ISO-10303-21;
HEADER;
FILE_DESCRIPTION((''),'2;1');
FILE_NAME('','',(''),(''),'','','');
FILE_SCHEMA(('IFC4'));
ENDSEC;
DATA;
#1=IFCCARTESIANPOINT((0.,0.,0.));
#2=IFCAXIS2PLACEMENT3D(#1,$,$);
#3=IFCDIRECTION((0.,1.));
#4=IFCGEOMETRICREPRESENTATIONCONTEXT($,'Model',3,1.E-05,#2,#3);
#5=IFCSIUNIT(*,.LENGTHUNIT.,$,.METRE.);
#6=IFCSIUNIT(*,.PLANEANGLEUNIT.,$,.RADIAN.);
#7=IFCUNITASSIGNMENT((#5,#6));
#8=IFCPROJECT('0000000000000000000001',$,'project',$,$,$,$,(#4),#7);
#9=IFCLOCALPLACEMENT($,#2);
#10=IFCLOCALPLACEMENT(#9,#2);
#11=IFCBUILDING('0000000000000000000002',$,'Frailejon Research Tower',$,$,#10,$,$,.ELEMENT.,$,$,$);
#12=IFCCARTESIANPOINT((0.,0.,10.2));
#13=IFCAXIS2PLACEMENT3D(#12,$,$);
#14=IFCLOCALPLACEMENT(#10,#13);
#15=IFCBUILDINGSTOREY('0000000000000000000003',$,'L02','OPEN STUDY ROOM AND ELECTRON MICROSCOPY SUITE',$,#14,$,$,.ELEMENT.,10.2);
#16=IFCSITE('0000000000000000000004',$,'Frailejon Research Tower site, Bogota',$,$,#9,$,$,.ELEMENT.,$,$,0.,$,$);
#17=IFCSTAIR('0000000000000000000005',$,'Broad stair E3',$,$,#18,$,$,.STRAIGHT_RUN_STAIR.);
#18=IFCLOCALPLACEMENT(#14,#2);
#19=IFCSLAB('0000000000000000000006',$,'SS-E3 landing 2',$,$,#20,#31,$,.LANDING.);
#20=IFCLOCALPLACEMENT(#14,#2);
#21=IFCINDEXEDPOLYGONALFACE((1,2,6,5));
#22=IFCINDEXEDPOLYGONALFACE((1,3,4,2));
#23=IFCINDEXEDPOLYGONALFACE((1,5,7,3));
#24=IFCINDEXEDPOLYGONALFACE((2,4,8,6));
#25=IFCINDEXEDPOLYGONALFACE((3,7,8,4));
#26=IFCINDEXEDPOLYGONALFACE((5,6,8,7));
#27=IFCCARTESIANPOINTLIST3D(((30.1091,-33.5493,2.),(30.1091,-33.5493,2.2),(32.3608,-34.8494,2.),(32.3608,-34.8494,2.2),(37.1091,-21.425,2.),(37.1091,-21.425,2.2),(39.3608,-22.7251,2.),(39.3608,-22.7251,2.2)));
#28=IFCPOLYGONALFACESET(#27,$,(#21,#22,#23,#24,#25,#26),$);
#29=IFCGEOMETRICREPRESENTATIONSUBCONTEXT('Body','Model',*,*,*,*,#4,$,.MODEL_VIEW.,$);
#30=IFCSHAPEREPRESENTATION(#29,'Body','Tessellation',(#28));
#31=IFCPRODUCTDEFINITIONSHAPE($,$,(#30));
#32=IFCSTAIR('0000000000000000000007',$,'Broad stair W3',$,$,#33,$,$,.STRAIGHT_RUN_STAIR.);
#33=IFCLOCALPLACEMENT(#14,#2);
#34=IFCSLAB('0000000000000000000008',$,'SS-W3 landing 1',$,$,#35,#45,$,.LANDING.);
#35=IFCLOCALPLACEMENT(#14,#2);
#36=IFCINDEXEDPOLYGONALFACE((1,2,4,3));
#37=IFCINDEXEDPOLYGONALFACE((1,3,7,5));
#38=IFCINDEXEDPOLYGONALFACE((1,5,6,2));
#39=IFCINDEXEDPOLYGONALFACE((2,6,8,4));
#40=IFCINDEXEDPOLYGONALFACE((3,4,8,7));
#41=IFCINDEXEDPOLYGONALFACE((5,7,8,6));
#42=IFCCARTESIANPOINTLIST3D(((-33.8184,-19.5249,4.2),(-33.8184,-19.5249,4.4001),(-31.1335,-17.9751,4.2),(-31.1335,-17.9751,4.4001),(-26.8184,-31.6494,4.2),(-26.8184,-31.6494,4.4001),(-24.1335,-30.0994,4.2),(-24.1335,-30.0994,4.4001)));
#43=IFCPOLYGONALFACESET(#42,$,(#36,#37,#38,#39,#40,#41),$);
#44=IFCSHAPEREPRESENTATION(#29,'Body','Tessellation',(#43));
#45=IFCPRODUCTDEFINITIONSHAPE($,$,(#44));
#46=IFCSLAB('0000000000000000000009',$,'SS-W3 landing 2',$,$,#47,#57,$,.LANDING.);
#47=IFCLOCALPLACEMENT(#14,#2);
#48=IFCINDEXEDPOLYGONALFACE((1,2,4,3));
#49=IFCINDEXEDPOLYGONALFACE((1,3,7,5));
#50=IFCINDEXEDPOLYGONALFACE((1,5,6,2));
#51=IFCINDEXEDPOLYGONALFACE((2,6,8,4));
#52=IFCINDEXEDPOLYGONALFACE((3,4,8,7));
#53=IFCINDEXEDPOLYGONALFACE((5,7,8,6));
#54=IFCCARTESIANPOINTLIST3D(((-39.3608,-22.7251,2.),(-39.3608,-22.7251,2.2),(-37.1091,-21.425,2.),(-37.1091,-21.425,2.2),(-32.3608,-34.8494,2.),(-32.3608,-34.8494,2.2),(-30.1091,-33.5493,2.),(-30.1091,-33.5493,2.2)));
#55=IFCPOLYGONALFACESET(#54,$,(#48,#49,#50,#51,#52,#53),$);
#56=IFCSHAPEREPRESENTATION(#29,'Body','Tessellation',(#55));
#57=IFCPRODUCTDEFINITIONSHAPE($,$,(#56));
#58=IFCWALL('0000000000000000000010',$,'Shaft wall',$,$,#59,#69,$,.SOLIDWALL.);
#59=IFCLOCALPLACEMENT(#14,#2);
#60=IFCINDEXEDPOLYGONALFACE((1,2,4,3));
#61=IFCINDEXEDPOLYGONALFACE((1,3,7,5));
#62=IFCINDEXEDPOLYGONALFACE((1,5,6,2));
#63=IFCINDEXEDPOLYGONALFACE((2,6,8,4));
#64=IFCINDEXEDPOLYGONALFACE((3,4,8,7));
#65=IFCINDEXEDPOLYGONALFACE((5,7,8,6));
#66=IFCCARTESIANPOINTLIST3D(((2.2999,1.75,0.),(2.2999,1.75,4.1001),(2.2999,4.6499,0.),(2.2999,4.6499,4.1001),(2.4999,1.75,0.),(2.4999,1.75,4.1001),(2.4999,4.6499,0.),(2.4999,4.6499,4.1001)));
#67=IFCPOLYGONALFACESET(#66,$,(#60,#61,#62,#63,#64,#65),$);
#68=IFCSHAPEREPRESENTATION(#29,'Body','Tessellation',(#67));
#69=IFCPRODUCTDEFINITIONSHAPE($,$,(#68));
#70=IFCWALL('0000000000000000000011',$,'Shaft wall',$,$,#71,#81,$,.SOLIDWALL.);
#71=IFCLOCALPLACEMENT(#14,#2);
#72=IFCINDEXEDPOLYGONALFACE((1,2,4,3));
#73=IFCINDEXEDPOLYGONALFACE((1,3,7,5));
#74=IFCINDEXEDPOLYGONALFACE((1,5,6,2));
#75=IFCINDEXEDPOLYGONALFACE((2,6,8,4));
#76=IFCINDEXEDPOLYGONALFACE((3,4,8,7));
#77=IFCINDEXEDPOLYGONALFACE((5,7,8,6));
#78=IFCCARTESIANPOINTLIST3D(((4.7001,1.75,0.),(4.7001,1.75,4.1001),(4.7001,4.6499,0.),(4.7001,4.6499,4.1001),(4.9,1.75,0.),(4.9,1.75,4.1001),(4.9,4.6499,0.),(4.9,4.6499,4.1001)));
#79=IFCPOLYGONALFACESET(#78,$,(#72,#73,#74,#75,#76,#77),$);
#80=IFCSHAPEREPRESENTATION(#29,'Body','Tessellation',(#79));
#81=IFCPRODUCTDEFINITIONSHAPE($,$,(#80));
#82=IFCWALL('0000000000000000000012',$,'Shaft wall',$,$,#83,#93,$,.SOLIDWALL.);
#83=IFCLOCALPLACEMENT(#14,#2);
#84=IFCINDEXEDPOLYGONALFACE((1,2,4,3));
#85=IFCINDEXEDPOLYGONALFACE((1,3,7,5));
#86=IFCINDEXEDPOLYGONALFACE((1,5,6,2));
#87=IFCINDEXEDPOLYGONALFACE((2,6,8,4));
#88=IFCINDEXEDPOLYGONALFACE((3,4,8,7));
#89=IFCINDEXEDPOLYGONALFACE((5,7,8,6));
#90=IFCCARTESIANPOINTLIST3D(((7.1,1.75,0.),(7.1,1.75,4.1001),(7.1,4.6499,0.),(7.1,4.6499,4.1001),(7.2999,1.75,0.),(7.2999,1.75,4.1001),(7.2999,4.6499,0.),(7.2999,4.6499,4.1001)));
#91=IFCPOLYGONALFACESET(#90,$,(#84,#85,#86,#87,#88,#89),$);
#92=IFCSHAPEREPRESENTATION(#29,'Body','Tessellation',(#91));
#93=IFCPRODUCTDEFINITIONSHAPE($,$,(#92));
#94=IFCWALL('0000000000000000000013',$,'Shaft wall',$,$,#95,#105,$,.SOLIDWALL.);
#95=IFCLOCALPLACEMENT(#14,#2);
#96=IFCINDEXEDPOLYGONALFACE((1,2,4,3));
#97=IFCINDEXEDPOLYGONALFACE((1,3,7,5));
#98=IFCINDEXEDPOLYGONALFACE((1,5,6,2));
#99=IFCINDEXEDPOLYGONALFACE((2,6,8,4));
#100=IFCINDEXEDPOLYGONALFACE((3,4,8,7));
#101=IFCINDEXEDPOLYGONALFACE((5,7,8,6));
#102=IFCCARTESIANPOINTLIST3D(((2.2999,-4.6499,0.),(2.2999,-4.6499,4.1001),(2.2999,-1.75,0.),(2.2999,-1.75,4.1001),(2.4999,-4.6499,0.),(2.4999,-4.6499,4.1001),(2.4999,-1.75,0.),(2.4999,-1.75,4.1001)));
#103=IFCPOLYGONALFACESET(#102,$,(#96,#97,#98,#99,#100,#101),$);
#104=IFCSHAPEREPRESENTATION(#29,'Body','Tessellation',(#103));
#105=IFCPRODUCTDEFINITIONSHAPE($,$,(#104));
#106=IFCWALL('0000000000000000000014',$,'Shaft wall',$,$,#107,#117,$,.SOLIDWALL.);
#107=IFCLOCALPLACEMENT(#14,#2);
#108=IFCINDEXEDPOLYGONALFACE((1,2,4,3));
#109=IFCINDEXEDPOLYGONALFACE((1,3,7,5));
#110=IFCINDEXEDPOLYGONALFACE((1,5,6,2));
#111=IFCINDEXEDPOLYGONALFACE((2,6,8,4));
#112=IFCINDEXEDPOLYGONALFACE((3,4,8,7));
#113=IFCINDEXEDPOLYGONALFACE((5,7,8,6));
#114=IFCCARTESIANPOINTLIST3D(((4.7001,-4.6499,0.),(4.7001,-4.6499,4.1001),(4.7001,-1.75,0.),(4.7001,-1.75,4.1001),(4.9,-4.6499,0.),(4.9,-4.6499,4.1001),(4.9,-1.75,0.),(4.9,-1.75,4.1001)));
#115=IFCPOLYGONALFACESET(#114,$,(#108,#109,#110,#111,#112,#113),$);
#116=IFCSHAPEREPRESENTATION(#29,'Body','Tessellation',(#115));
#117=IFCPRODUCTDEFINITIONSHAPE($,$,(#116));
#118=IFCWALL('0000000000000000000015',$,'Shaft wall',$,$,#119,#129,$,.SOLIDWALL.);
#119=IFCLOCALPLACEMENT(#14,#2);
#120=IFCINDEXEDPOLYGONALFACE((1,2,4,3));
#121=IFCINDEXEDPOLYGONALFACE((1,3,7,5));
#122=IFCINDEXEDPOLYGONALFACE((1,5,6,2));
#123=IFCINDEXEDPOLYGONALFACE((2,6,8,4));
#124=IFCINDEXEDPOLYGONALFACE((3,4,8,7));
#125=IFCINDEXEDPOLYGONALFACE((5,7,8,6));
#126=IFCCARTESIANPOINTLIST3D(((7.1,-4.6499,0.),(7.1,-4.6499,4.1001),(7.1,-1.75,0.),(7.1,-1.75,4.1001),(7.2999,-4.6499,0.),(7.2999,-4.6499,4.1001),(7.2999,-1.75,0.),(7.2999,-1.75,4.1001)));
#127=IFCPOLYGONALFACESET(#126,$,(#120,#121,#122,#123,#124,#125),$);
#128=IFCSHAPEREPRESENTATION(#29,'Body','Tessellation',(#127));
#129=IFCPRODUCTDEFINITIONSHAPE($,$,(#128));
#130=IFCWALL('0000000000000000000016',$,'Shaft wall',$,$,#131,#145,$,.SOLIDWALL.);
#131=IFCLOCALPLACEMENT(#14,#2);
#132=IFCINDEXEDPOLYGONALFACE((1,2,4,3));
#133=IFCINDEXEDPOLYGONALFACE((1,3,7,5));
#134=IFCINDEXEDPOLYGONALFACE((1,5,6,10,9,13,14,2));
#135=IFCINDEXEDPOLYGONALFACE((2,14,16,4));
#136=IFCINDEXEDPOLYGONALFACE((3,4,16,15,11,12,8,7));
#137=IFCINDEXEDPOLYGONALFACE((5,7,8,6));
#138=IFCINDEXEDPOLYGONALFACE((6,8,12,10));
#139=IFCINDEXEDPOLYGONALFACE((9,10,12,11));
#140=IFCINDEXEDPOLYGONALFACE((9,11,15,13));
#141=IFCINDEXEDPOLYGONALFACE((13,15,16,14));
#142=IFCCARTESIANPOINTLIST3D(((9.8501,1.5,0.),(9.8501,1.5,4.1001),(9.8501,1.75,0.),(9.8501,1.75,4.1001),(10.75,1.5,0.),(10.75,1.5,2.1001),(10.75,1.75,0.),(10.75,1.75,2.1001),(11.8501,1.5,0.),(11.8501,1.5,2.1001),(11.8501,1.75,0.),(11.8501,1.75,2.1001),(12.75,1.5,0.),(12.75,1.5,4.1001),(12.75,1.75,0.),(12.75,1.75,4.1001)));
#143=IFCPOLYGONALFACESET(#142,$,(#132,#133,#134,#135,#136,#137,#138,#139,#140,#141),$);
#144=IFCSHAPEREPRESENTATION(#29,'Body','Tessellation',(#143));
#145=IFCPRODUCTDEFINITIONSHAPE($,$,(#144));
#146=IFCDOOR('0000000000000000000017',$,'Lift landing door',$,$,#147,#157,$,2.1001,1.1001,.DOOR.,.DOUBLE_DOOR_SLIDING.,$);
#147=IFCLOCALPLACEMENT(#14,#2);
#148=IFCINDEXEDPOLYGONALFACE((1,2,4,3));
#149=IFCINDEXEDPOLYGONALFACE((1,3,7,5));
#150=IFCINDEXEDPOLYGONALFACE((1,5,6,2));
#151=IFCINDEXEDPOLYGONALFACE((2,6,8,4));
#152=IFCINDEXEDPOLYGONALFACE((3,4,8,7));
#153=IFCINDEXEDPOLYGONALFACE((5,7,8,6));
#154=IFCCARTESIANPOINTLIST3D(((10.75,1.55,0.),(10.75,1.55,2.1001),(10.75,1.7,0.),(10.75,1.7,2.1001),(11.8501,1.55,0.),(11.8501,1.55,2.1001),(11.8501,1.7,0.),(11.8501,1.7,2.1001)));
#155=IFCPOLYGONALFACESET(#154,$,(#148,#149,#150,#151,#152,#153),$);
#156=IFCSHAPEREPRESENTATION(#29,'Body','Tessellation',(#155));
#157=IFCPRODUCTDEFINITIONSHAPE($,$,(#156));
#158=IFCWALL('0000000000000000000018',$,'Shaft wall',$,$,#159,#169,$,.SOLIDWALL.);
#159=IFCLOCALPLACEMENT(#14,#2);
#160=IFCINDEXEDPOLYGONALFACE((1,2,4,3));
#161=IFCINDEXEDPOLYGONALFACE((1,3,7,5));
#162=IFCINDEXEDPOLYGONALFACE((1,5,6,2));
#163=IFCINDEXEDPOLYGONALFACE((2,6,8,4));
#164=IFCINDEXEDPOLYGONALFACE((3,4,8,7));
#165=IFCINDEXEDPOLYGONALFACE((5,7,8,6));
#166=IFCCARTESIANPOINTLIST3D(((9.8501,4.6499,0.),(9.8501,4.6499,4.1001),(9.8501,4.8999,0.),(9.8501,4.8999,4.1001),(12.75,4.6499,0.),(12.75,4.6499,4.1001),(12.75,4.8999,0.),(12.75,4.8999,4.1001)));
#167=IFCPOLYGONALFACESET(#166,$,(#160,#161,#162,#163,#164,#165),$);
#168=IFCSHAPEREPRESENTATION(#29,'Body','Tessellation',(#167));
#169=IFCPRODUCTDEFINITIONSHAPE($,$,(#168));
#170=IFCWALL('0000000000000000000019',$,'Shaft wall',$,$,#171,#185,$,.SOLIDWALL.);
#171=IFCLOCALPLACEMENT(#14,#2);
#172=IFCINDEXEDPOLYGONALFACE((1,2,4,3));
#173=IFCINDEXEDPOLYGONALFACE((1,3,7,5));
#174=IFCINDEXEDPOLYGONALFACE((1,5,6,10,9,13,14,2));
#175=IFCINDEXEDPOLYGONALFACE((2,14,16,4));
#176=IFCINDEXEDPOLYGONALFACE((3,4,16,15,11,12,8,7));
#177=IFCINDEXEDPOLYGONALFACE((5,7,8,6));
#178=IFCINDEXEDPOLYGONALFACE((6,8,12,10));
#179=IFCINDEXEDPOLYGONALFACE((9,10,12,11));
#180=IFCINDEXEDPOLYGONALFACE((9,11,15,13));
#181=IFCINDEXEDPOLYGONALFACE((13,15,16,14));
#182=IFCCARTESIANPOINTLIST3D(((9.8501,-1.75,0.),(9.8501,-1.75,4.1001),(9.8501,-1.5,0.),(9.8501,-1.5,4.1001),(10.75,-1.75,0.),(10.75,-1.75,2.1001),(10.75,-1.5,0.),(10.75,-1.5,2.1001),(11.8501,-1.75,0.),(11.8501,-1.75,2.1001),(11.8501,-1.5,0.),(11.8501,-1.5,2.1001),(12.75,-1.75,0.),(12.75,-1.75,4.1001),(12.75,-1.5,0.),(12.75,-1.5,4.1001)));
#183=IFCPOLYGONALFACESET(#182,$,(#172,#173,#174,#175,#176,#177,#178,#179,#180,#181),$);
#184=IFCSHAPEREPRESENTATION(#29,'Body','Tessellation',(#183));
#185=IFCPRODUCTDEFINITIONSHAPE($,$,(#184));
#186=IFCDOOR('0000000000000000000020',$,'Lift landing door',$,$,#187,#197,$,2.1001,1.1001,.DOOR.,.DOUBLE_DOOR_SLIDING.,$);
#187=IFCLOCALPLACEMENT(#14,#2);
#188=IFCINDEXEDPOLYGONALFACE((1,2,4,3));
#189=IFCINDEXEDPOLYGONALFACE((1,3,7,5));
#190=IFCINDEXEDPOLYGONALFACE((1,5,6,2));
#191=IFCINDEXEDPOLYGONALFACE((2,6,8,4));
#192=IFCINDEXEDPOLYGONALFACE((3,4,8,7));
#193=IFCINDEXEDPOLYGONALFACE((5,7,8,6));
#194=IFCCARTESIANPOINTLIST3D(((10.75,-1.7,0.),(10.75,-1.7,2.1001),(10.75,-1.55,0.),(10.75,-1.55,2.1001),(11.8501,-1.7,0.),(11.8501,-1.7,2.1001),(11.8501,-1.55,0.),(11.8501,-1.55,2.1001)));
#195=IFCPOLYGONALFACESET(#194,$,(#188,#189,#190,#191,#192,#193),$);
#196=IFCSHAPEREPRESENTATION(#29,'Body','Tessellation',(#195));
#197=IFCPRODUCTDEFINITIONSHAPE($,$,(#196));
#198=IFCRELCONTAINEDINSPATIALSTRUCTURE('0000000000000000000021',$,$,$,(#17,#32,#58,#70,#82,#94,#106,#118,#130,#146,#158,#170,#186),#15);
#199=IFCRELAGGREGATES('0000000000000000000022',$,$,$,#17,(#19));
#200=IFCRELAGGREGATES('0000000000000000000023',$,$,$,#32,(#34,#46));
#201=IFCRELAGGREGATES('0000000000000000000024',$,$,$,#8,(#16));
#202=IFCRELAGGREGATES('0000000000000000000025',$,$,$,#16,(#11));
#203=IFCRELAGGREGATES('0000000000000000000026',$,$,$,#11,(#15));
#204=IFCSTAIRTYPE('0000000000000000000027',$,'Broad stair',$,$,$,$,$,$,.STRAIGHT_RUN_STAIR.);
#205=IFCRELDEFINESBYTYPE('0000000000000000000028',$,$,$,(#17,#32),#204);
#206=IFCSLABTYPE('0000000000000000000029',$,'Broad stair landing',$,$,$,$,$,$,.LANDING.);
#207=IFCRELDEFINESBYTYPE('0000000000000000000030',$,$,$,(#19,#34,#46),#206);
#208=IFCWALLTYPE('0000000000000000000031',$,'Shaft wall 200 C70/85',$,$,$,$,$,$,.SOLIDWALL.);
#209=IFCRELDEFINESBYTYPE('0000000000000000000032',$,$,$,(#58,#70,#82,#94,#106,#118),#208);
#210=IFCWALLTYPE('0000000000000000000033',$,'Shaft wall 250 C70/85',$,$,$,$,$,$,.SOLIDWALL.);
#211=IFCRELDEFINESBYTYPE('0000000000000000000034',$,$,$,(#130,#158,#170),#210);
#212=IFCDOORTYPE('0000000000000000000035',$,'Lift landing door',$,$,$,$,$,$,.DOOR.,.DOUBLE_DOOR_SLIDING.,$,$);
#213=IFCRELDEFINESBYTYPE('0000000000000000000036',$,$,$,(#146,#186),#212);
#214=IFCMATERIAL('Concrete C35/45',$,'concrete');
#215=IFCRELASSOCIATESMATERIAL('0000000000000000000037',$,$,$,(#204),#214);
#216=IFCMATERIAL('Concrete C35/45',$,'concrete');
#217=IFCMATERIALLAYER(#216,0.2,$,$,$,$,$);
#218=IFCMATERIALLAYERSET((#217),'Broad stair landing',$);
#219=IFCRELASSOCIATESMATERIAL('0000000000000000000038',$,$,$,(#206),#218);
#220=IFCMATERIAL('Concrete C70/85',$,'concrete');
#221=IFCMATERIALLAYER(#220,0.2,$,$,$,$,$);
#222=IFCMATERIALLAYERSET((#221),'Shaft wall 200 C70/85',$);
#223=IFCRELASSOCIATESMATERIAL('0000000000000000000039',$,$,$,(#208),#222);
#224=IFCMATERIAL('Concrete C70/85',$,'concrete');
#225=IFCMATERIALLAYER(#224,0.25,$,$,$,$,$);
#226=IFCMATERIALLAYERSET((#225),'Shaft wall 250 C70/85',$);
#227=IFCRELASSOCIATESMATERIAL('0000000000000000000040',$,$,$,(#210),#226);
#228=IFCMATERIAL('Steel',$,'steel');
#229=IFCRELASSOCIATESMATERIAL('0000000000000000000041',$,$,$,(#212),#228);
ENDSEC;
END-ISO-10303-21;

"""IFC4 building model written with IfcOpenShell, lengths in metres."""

from ifc_helpers import new_model, si_unit, direction, frame, frame_2d, origin, place, context, subcontext, project, spatial, polyline, rectangle, outline, extrude, material, layer, layer_set, type_object, element, fill, aggregate, save


model = new_model("IFC4")

# Units and contexts
model_context = context("Model", 3, precision=1e-05, world=origin(), true_north=direction((0.0, 1.0)))
body_context = subcontext(model_context, "Body", "Model", "MODEL_VIEW")
ifc_project = project(units=[si_unit("LENGTHUNIT", "METRE"), si_unit("PLANEANGLEUNIT", "RADIAN")], contexts=[model_context])

# Site, building, storey
site_placement = place(None, origin())
site = spatial("IfcSite", under=ifc_project, at=site_placement, Name="Frailejon Research Tower site, Bogota", CompositionType="ELEMENT", RefElevation=0.0)
building_placement = place(site_placement, origin())
building = spatial("IfcBuilding", under=site, at=building_placement, Name="Frailejon Research Tower", CompositionType="ELEMENT")
storey_placement = place(building_placement, frame((0.0, 0.0, 10.2)))
storey = spatial("IfcBuildingStorey", under=building, at=storey_placement, Name="L02", Description="OPEN STUDY ROOM AND ELECTRON MICROSCOPY SUITE", CompositionType="ELEMENT", Elevation=10.2)

# Stair, slab
ifc_material_1 = material(Name="Concrete C35/45", Category="concrete")
stair_type = type_object("IfcStairType", Name="Broad stair", PredefinedType="STRAIGHT_RUN_STAIR", material=ifc_material_1)
stair_1_placement = place(storey_placement, origin())
stair_1 = element("IfcStair", 1, at=stair_1_placement, inside=storey, type_object=stair_type, Name="Broad stair E3", PredefinedType="STRAIGHT_RUN_STAIR")
ifc_material_2 = material(Name="Concrete C35/45", Category="concrete")
ifc_layer_1 = layer(ifc_material_2, 0.2)
ifc_layer_set_1 = layer_set([ifc_layer_1], Name="Broad stair landing")
slab_type = type_object("IfcSlabType", Name="Broad stair landing", PredefinedType="LANDING", material=ifc_layer_set_1)
slab_1_placement = place(storey_placement, frame((0.0, 0.0, 2.0)))
slab_1 = element("IfcSlab", 2, at=slab_1_placement, type_object=slab_type, Name="SS-E3 landing 2", PredefinedType="LANDING", context=body_context, shape_type="SweptSolid", body=[
    extrude(outline(polyline([(30.1091, -33.5493), (32.3608, -34.8494), (39.3608, -22.7251), (37.1091, -21.425), (30.1091, -33.5493)])), origin(), (0.0, 0.0, 1.0), 0.2),
])
aggregate(stair_1, [slab_1])

# Stair, slabs
stair_2_placement = place(storey_placement, origin())
stair_2 = element("IfcStair", 3, at=stair_2_placement, inside=storey, type_object=stair_type, Name="Broad stair W3", PredefinedType="STRAIGHT_RUN_STAIR")
slab_2_placement = place(storey_placement, frame((0.0, 0.0, 4.2)))
slab_2 = element("IfcSlab", 4, at=slab_2_placement, type_object=slab_type, Name="SS-W3 landing 1", PredefinedType="LANDING", context=body_context, shape_type="SweptSolid", body=[
    extrude(outline(polyline([(-31.1335, -17.9751), (-33.8184, -19.5249), (-26.8184, -31.6494), (-24.1335, -30.0994), (-31.1335, -17.9751)])), origin(), (0.0, 0.0, 1.0), 0.2002),
])
slab_3_placement = place(storey_placement, frame((0.0, 0.0, 2.0)))
slab_3 = element("IfcSlab", 5, at=slab_3_placement, type_object=slab_type, Name="SS-W3 landing 2", PredefinedType="LANDING", context=body_context, shape_type="SweptSolid", body=[
    extrude(outline(polyline([(-37.1091, -21.425), (-39.3608, -22.7251), (-32.3608, -34.8494), (-30.1091, -33.5493), (-37.1091, -21.425)])), origin(), (0.0, 0.0, 1.0), 0.2),
])
aggregate(stair_2, [slab_2, slab_3])

# Walls
ifc_material_3 = material(Name="Concrete C70/85", Category="concrete")
ifc_layer_2 = layer(ifc_material_3, 0.2)
ifc_layer_set_2 = layer_set([ifc_layer_2], Name="Shaft wall 200 C70/85")
wall_type_1 = type_object("IfcWallType", Name="Shaft wall 200 C70/85", PredefinedType="SOLIDWALL", material=ifc_layer_set_2)
for number, where, z_axis, x_axis, name in (
    (6, (2.3999, 1.75, 0.0), (0.0, 0.0, 1.0), (0.0, 1.0, 0.0), "Shaft wall"),
    (7, (4.8, 1.75, 0.0), (0.0, 0.0, 1.0), (0.0, 1.0, 0.0), "Shaft wall"),
    (8, (7.2, 1.75, 0.0), (0.0, 0.0, 1.0), (0.0, 1.0, 0.0), "Shaft wall"),
    (9, (2.3999, -4.6499, 0.0), (0.0, 0.0, 1.0), (0.0, 1.0, 0.0), "Shaft wall"),
    (10, (4.8, -4.6499, 0.0), (0.0, 0.0, 1.0), (0.0, 1.0, 0.0), "Shaft wall"),
    (11, (7.2, -4.6499, 0.0), (0.0, 0.0, 1.0), (0.0, 1.0, 0.0), "Shaft wall"),
):
    element("IfcWall", number, at=place(storey_placement, frame(where, z_axis=z_axis, x_axis=x_axis)), inside=storey, type_object=wall_type_1, Name=name, PredefinedType="SOLIDWALL", context=body_context, shape_type="SweptSolid", body=[
        extrude(rectangle(XDim=2.8999, YDim=0.2, at=frame_2d((1.45, 0.0))), origin(), (0.0, 0.0, 1.0), 4.1001),
    ])

# Wall, opening, door
ifc_material_4 = material(Name="Concrete C70/85", Category="concrete")
ifc_layer_3 = layer(ifc_material_4, 0.25)
ifc_layer_set_3 = layer_set([ifc_layer_3], Name="Shaft wall 250 C70/85")
wall_type_2 = type_object("IfcWallType", Name="Shaft wall 250 C70/85", PredefinedType="SOLIDWALL", material=ifc_layer_set_3)
wall_1_placement = place(storey_placement, frame((9.8501, 1.625, 0.0), z_axis=(0.0, 0.0, 1.0), x_axis=(1.0, 0.0, 0.0)))
wall_1 = element("IfcWall", 12, at=wall_1_placement, inside=storey, type_object=wall_type_2, Name="Shaft wall", PredefinedType="SOLIDWALL", context=body_context, shape_type="SweptSolid", body=[
    extrude(rectangle(XDim=2.8999, YDim=0.25, at=frame_2d((1.45, 0.0))), origin(), (0.0, 0.0, 1.0), 4.1001),
])
opening_1_placement = place(wall_1_placement, frame((0.8999, 0.0, 0.0)))
opening_1 = element("IfcOpeningElement", 13, at=opening_1_placement, cuts=wall_1, PredefinedType="OPENING", context=body_context, shape_type="SweptSolid", body=[
    extrude(rectangle(XDim=1.1001, YDim=2.1001, at=frame_2d((0.55, 1.05))), frame((0.0, 0.135, 0.0), z_axis=(0.0, -1.0, 0.0), x_axis=(1.0, 0.0, 0.0)), (0.0, 0.0, 1.0), 0.27),
])
ifc_material_5 = material(Name="Steel", Category="steel")
door_type = type_object("IfcDoorType", Name="Lift landing door", OperationType="DOUBLE_DOOR_SLIDING", PredefinedType="DOOR", material=ifc_material_5)
door_1_placement = place(opening_1_placement, origin())
door_1 = element("IfcDoor", 14, at=door_1_placement, inside=storey, type_object=door_type, Name="Lift landing door", OperationType="DOUBLE_DOOR_SLIDING", OverallHeight=2.1001, OverallWidth=1.1001, PredefinedType="DOOR", context=body_context, shape_type="SweptSolid", body=[
    extrude(rectangle(XDim=1.1001, YDim=2.1001, at=frame_2d((0.55, 1.05))), frame((0.0, 0.075, 0.0), z_axis=(0.0, -1.0, 0.0), x_axis=(1.0, 0.0, 0.0)), (0.0, 0.0, 1.0), 0.1499),
])
fill(opening_1, door_1)

# Wall
wall_2_placement = place(storey_placement, frame((9.8501, 4.7749, 0.0), z_axis=(0.0, 0.0, 1.0), x_axis=(1.0, 0.0, 0.0)))
element("IfcWall", 15, at=wall_2_placement, inside=storey, type_object=wall_type_2, Name="Shaft wall", PredefinedType="SOLIDWALL", context=body_context, shape_type="SweptSolid", body=[
    extrude(rectangle(XDim=2.8999, YDim=0.25, at=frame_2d((1.45, 0.0))), origin(), (0.0, 0.0, 1.0), 4.1001),
])

# Wall, opening, door
wall_3_placement = place(storey_placement, frame((9.8501, -1.625, 0.0), z_axis=(0.0, 0.0, 1.0), x_axis=(1.0, 0.0, 0.0)))
wall_3 = element("IfcWall", 16, at=wall_3_placement, inside=storey, type_object=wall_type_2, Name="Shaft wall", PredefinedType="SOLIDWALL", context=body_context, shape_type="SweptSolid", body=[
    extrude(rectangle(XDim=2.8999, YDim=0.25, at=frame_2d((1.45, 0.0))), origin(), (0.0, 0.0, 1.0), 4.1001),
])
opening_2_placement = place(wall_3_placement, frame((0.8999, 0.0, 0.0)))
opening_2 = element("IfcOpeningElement", 17, at=opening_2_placement, cuts=wall_3, PredefinedType="OPENING", context=body_context, shape_type="SweptSolid", body=[
    extrude(rectangle(XDim=1.1001, YDim=2.1001, at=frame_2d((0.55, 1.05))), frame((0.0, 0.135, 0.0), z_axis=(0.0, -1.0, 0.0), x_axis=(1.0, 0.0, 0.0)), (0.0, 0.0, 1.0), 0.27),
])
door_2_placement = place(opening_2_placement, origin())
door_2 = element("IfcDoor", 18, at=door_2_placement, inside=storey, type_object=door_type, Name="Lift landing door", OperationType="DOUBLE_DOOR_SLIDING", OverallHeight=2.1001, OverallWidth=1.1001, PredefinedType="DOOR", context=body_context, shape_type="SweptSolid", body=[
    extrude(rectangle(XDim=1.1001, YDim=2.1001, at=frame_2d((0.55, 1.05))), frame((0.0, 0.075, 0.0), z_axis=(0.0, -1.0, 0.0), x_axis=(1.0, 0.0, 0.0)), (0.0, 0.0, 1.0), 0.1499),
])
fill(opening_2, door_2)

save(model, "model.ifc")
